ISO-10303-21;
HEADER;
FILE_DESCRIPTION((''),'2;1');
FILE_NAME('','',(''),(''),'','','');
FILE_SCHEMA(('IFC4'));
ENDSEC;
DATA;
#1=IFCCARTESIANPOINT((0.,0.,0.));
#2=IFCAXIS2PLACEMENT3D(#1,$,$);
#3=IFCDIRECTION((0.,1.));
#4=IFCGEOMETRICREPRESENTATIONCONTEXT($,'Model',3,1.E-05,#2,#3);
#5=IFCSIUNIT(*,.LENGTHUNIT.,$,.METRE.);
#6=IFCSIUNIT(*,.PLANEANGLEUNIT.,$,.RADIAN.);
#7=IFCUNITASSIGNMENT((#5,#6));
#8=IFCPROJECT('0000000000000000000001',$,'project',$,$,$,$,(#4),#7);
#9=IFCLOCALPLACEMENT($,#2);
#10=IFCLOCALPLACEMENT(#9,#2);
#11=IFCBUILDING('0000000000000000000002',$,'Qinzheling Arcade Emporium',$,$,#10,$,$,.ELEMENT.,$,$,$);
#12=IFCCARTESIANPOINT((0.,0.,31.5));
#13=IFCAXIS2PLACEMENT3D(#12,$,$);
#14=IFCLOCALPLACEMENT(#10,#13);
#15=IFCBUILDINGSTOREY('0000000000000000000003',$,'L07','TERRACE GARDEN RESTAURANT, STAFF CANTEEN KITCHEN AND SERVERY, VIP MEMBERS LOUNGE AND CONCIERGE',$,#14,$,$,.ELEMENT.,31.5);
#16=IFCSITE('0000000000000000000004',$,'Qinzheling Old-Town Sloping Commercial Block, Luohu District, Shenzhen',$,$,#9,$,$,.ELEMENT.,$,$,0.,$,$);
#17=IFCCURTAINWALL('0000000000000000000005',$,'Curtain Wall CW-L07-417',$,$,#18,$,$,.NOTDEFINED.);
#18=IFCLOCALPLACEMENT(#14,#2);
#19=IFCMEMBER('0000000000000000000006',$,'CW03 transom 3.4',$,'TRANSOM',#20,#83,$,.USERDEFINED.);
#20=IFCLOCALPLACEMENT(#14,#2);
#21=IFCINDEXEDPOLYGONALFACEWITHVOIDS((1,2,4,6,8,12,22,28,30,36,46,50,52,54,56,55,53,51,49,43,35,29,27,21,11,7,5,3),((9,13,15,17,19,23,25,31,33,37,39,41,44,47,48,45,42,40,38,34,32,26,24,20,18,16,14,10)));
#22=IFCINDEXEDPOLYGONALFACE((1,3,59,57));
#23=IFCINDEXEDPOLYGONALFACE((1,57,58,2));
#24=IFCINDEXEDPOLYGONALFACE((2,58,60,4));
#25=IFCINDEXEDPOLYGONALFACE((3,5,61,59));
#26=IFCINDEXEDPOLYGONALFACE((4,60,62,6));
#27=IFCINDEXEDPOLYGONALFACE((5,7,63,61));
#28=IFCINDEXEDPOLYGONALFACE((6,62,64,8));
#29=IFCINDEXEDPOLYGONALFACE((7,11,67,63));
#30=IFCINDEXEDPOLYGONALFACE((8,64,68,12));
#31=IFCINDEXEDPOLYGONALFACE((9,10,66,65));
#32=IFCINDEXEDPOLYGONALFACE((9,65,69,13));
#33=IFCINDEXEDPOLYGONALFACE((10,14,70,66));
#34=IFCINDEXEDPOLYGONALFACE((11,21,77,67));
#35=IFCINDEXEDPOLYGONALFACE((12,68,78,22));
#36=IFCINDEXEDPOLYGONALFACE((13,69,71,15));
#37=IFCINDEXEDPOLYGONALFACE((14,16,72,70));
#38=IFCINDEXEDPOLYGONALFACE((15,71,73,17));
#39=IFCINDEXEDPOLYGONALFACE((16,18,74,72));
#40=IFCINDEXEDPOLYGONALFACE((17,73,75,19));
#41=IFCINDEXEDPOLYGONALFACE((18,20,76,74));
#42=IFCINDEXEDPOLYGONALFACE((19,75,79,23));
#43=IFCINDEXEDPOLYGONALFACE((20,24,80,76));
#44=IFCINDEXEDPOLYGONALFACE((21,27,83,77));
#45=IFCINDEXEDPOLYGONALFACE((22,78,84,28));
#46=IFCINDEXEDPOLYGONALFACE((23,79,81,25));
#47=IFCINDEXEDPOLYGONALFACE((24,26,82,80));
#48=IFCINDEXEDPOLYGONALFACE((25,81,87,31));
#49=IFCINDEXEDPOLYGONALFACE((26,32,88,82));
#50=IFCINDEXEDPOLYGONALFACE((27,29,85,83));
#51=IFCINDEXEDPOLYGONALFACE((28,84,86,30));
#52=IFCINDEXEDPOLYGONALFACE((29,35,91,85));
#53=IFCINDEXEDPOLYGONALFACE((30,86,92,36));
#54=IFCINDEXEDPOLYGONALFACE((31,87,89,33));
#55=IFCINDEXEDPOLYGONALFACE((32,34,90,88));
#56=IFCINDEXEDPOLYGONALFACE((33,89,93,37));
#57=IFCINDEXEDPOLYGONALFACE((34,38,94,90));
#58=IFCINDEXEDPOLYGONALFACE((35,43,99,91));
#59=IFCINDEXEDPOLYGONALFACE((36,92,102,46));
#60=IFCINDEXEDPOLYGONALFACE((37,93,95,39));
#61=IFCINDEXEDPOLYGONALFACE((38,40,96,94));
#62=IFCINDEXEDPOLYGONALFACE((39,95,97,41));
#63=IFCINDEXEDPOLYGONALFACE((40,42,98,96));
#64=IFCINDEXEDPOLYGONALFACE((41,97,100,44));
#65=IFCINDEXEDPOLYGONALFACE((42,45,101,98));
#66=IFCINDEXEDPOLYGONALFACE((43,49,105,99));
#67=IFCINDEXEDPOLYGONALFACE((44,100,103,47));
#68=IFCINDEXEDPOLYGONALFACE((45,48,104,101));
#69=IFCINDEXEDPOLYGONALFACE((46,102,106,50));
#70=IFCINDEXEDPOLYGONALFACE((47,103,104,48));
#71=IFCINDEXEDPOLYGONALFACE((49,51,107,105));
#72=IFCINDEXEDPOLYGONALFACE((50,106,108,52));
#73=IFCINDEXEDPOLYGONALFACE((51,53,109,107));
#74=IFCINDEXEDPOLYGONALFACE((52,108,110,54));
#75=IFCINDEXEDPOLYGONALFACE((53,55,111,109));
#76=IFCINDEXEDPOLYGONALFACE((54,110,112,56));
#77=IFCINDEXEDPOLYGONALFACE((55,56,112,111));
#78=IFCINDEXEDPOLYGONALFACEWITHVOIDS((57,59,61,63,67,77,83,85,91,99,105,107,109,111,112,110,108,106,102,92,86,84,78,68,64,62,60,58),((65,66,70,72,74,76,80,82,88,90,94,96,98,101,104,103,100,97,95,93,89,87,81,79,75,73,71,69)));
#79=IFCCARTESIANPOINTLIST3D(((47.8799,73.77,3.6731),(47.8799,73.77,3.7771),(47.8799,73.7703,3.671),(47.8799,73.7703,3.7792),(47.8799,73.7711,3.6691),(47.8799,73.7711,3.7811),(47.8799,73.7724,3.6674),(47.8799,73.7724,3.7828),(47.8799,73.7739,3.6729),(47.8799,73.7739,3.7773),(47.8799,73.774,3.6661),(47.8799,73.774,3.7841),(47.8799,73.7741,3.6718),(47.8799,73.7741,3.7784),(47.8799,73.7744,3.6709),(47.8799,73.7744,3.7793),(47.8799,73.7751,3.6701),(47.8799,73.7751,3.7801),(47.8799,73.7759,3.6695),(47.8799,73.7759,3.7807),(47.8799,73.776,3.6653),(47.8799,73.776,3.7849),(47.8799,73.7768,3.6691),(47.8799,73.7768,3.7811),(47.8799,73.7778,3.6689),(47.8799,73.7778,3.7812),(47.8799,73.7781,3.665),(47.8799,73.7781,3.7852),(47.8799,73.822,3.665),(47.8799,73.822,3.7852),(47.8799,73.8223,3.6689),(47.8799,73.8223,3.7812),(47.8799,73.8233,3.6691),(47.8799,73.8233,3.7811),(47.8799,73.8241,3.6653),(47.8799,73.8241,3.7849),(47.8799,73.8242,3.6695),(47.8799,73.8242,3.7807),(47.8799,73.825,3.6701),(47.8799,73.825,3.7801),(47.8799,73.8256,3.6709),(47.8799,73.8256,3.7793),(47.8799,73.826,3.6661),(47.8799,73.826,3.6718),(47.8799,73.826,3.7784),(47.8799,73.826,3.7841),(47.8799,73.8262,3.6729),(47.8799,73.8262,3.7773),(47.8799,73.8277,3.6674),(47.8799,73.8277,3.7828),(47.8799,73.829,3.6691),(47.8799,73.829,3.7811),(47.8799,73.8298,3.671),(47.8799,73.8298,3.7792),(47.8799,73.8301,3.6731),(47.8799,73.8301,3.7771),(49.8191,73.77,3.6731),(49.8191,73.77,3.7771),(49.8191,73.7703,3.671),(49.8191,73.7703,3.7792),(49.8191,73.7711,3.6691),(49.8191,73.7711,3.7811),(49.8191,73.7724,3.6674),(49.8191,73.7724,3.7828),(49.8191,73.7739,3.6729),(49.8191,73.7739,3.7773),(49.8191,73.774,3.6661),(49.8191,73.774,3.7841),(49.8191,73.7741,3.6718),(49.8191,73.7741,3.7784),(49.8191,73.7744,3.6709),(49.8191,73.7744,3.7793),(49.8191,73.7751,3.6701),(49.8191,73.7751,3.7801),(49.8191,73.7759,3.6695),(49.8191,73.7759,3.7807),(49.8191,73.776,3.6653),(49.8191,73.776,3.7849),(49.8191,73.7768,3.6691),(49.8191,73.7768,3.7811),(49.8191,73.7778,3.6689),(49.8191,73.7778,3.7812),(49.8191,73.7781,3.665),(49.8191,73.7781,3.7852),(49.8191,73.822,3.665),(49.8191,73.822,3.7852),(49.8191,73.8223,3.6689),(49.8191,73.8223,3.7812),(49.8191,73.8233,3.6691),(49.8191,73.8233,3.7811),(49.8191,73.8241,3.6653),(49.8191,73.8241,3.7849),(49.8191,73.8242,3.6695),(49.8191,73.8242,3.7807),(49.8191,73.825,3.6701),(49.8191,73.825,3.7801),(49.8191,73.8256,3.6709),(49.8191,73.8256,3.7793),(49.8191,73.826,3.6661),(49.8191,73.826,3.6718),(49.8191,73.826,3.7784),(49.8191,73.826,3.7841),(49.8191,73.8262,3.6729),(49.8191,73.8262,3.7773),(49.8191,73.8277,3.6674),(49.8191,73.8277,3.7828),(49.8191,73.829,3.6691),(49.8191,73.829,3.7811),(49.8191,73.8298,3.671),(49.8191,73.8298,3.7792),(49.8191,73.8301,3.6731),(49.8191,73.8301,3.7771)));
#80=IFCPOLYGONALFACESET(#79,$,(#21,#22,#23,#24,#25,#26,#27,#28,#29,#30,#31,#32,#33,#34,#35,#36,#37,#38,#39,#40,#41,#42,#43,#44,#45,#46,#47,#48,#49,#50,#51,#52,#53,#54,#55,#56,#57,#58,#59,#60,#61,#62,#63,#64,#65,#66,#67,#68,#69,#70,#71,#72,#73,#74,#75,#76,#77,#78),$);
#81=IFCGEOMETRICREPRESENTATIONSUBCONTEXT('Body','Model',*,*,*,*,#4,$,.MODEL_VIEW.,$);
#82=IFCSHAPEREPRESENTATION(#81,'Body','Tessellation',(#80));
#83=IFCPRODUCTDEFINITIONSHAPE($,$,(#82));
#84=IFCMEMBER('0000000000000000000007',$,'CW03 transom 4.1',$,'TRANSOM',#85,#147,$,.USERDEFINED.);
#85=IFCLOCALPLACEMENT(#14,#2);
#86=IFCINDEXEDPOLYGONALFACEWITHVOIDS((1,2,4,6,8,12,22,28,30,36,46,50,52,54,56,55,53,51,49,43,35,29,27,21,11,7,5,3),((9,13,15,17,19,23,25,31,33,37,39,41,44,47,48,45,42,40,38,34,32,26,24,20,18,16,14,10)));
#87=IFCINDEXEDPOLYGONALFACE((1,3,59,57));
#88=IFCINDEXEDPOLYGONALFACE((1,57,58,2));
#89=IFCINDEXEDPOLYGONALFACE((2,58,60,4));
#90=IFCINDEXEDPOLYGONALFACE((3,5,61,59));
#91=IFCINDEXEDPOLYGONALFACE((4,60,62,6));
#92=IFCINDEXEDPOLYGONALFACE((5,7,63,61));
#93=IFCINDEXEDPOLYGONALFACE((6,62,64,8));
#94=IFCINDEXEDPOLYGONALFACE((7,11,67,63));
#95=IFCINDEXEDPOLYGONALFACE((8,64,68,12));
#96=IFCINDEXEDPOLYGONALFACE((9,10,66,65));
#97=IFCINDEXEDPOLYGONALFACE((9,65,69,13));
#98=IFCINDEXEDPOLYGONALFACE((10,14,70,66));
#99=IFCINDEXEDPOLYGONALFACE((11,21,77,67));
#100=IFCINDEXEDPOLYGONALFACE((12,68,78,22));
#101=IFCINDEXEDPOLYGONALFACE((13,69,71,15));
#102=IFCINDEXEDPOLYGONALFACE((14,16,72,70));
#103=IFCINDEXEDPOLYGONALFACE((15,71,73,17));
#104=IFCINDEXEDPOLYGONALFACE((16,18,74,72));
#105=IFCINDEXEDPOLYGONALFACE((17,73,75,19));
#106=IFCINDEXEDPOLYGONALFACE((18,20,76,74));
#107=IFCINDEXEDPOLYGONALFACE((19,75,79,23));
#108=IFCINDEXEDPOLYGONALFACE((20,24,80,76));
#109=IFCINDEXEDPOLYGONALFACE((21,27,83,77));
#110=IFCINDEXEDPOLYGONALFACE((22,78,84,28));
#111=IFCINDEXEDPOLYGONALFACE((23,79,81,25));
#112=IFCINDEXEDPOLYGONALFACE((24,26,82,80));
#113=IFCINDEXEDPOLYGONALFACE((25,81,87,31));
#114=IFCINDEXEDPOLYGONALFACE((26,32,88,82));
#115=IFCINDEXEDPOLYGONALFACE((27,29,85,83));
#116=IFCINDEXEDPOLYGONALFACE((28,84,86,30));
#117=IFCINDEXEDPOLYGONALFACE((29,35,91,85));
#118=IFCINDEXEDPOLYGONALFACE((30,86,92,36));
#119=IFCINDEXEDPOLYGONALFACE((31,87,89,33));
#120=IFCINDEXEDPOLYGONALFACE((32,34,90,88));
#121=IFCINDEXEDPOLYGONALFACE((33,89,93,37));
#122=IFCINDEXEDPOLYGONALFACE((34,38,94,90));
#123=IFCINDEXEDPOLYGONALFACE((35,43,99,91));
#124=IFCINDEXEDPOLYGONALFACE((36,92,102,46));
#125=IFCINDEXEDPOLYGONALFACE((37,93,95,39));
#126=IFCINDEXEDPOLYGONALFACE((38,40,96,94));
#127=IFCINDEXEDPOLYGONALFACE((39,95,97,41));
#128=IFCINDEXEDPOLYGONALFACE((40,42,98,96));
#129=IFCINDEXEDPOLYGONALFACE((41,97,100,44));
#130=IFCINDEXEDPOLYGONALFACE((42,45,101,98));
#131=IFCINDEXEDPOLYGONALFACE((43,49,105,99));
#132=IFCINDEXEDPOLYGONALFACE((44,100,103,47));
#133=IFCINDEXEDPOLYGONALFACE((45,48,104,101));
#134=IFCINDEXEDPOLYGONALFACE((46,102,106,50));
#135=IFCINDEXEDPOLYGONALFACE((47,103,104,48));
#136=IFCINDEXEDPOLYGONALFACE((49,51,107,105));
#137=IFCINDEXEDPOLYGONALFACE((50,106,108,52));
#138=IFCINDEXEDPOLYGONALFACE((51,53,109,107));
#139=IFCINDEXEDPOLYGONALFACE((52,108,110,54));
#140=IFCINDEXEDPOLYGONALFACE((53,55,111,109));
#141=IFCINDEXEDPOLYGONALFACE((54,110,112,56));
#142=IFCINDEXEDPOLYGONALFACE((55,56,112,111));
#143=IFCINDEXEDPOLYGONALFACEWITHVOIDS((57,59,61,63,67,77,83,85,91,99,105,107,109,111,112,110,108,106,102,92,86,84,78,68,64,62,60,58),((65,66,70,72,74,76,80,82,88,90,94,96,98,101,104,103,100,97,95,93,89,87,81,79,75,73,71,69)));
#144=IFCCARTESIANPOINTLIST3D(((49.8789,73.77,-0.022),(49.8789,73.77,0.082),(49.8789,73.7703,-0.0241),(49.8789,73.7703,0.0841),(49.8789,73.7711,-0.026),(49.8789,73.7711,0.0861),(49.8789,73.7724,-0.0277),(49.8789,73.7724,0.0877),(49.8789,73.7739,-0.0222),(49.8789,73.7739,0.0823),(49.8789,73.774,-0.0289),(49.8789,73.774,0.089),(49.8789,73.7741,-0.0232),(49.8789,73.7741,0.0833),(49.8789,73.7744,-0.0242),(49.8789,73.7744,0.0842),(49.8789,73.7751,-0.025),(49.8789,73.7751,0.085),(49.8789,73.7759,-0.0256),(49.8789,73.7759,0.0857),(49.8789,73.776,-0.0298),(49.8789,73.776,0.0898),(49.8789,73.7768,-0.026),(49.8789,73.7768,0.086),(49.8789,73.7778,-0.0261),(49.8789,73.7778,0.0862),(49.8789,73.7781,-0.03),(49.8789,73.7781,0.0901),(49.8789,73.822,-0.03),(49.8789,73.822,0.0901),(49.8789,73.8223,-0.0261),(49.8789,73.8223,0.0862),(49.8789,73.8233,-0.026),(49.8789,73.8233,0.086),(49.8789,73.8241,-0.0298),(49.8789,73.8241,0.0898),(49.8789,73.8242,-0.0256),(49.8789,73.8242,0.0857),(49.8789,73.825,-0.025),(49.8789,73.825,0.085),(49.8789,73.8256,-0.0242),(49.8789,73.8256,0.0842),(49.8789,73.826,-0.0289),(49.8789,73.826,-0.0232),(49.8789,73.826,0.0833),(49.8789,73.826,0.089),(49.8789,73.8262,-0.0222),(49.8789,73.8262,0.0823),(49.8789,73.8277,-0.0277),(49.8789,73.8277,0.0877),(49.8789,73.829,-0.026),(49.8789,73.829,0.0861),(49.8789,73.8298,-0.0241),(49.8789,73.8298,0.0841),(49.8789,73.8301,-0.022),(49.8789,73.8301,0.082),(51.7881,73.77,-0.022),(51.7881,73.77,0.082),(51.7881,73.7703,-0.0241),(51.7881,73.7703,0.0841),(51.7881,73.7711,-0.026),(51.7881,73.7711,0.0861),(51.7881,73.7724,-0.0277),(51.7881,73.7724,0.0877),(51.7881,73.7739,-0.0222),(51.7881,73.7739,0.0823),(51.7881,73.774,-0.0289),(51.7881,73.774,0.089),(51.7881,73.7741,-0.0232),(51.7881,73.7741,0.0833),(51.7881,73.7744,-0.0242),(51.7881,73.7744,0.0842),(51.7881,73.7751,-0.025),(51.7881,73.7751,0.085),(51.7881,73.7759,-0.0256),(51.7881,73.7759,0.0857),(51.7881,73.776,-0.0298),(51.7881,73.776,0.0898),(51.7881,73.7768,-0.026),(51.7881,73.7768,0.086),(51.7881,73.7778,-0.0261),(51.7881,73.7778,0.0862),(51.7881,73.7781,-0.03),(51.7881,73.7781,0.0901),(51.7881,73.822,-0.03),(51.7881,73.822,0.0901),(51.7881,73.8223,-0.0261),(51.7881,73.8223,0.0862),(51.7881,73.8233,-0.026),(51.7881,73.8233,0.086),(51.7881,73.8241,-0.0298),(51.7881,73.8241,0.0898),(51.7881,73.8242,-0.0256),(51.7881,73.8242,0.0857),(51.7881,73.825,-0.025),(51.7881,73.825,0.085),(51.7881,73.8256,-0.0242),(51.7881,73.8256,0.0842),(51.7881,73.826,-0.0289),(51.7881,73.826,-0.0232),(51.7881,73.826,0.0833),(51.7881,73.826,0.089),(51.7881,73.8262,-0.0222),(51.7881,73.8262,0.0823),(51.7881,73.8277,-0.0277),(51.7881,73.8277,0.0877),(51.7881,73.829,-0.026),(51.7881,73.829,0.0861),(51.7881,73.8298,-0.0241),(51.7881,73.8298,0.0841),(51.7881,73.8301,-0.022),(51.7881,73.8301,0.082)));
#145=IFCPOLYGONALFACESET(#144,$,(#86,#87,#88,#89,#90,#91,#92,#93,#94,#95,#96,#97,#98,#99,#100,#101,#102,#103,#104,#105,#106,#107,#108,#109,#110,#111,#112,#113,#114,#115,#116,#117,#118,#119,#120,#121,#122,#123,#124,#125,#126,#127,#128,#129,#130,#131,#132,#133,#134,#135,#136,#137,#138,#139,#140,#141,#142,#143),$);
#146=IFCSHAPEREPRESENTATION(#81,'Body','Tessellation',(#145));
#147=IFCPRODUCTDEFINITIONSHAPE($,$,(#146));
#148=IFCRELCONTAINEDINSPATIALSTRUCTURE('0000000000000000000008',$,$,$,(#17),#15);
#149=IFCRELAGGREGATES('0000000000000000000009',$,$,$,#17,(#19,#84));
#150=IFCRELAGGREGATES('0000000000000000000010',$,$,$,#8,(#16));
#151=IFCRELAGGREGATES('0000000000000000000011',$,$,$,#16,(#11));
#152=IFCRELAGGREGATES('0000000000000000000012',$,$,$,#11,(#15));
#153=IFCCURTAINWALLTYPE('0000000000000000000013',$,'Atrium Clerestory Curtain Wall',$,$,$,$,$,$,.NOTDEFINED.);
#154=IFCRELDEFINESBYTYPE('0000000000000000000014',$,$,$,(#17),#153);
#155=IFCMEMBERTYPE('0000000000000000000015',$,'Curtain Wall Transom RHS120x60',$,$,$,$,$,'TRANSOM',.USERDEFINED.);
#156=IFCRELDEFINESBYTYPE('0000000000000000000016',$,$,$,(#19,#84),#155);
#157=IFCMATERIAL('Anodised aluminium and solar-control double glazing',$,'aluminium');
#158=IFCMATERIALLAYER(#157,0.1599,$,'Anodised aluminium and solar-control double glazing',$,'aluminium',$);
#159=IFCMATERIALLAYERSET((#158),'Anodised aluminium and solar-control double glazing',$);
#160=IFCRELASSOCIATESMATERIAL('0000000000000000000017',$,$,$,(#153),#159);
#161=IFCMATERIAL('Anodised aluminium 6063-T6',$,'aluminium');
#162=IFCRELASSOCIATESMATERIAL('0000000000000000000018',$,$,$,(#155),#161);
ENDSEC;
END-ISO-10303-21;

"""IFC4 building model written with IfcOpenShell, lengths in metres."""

from ifc_helpers import new_model, si_unit, direction, frame, origin, origin_2d, place, context, subcontext, project, spatial, hollow_rectangle, extrude, material, layer, layer_set, material_profile, profile_set, type_object, element, aggregate, save


model = new_model("IFC4")

# Units and contexts
model_context = context("Model", 3, precision=1e-05, world=origin(), true_north=direction((0.0, 1.0)))
body_context = subcontext(model_context, "Body", "Model", "MODEL_VIEW")
ifc_project = project(units=[si_unit("LENGTHUNIT", "METRE"), si_unit("PLANEANGLEUNIT", "RADIAN")], contexts=[model_context])

# Site, building, storey
site_placement = place(None, origin())
site = spatial("IfcSite", under=ifc_project, at=site_placement, Name="Qinzheling Old-Town Sloping Commercial Block, Luohu District, Shenzhen", CompositionType="ELEMENT", RefElevation=0.0)
building_placement = place(site_placement, origin())
building = spatial("IfcBuilding", under=site, at=building_placement, Name="Qinzheling Arcade Emporium", CompositionType="ELEMENT")
storey_placement = place(building_placement, frame((0.0, 0.0, 31.5)))
storey = spatial("IfcBuildingStorey", under=building, at=storey_placement, Name="L07", Description="TERRACE GARDEN RESTAURANT, STAFF CANTEEN KITCHEN AND SERVERY, VIP MEMBERS LOUNGE AND CONCIERGE", CompositionType="ELEMENT", Elevation=31.5)

# Curtain wall, members
ifc_material_1 = material(Name="Anodised aluminium and solar-control double glazing", Category="aluminium")
ifc_layer_1 = layer(ifc_material_1, 0.1599, Name="Anodised aluminium and solar-control double glazing", Category="aluminium")
ifc_layer_set_1 = layer_set([ifc_layer_1], Name="Anodised aluminium and solar-control double glazing")
curtain_wall_type = type_object("IfcCurtainWallType", Name="Atrium Clerestory Curtain Wall", PredefinedType="NOTDEFINED", material=ifc_layer_set_1)
curtain_wall_placement = place(storey_placement, origin())
curtain_wall = element("IfcCurtainWall", 1, at=curtain_wall_placement, inside=storey, type_object=curtain_wall_type, Name="Curtain Wall CW-L07-417", PredefinedType="NOTDEFINED")
ifc_material_2 = material(Name="Anodised aluminium 6063-T6", Category="aluminium")
ifc_material_profile_1 = material_profile(ifc_material_2, hollow_rectangle(XDim=0.0601, YDim=0.1201, WallThickness=0.0039, InnerFilletRadius=0.0039, OuterFilletRadius=0.0081, at=origin_2d()), Name="RHS 120x60x4", Category="aluminium")
ifc_profile_set_1 = profile_set([ifc_material_profile_1], Name="Anodised aluminium 6063-T6")
member_type_1 = type_object("IfcMemberType", Name="Curtain Wall Transom RHS120x60", ElementType="TRANSOM", PredefinedType="USERDEFINED", material=ifc_profile_set_1)
member_1_placement = place(storey_placement, frame((47.8799, 73.8, 3.7251), z_axis=(1.0, 0.0, 0.0), x_axis=(0.0, 1.0, 0.0)))
member_1 = element("IfcMember", 2, at=member_1_placement, type_object=member_type_1, Name="CW03 transom 3.4", ObjectType="TRANSOM", PredefinedType="USERDEFINED", context=body_context, shape_type="SweptSolid", body=[
    extrude(hollow_rectangle(XDim=0.0601, YDim=0.1201, WallThickness=0.0039, InnerFilletRadius=0.0039, OuterFilletRadius=0.0081, at=origin_2d()), origin(), (0.0, 0.0, 1.0), 1.9392),
])
member_2_placement = place(storey_placement, frame((49.8789, 73.8, 0.03), z_axis=(1.0, 0.0, 0.0), x_axis=(0.0, 1.0, 0.0)))
member_2 = element("IfcMember", 3, at=member_2_placement, type_object=member_type_1, Name="CW03 transom 4.1", ObjectType="TRANSOM", PredefinedType="USERDEFINED", context=body_context, shape_type="SweptSolid", body=[
    extrude(hollow_rectangle(XDim=0.0601, YDim=0.1201, WallThickness=0.0039, InnerFilletRadius=0.0039, OuterFilletRadius=0.0081, at=origin_2d()), origin(), (0.0, 0.0, 1.0), 1.9092),
])
aggregate(curtain_wall, [member_1, member_2])

save(model, "model.ifc")
